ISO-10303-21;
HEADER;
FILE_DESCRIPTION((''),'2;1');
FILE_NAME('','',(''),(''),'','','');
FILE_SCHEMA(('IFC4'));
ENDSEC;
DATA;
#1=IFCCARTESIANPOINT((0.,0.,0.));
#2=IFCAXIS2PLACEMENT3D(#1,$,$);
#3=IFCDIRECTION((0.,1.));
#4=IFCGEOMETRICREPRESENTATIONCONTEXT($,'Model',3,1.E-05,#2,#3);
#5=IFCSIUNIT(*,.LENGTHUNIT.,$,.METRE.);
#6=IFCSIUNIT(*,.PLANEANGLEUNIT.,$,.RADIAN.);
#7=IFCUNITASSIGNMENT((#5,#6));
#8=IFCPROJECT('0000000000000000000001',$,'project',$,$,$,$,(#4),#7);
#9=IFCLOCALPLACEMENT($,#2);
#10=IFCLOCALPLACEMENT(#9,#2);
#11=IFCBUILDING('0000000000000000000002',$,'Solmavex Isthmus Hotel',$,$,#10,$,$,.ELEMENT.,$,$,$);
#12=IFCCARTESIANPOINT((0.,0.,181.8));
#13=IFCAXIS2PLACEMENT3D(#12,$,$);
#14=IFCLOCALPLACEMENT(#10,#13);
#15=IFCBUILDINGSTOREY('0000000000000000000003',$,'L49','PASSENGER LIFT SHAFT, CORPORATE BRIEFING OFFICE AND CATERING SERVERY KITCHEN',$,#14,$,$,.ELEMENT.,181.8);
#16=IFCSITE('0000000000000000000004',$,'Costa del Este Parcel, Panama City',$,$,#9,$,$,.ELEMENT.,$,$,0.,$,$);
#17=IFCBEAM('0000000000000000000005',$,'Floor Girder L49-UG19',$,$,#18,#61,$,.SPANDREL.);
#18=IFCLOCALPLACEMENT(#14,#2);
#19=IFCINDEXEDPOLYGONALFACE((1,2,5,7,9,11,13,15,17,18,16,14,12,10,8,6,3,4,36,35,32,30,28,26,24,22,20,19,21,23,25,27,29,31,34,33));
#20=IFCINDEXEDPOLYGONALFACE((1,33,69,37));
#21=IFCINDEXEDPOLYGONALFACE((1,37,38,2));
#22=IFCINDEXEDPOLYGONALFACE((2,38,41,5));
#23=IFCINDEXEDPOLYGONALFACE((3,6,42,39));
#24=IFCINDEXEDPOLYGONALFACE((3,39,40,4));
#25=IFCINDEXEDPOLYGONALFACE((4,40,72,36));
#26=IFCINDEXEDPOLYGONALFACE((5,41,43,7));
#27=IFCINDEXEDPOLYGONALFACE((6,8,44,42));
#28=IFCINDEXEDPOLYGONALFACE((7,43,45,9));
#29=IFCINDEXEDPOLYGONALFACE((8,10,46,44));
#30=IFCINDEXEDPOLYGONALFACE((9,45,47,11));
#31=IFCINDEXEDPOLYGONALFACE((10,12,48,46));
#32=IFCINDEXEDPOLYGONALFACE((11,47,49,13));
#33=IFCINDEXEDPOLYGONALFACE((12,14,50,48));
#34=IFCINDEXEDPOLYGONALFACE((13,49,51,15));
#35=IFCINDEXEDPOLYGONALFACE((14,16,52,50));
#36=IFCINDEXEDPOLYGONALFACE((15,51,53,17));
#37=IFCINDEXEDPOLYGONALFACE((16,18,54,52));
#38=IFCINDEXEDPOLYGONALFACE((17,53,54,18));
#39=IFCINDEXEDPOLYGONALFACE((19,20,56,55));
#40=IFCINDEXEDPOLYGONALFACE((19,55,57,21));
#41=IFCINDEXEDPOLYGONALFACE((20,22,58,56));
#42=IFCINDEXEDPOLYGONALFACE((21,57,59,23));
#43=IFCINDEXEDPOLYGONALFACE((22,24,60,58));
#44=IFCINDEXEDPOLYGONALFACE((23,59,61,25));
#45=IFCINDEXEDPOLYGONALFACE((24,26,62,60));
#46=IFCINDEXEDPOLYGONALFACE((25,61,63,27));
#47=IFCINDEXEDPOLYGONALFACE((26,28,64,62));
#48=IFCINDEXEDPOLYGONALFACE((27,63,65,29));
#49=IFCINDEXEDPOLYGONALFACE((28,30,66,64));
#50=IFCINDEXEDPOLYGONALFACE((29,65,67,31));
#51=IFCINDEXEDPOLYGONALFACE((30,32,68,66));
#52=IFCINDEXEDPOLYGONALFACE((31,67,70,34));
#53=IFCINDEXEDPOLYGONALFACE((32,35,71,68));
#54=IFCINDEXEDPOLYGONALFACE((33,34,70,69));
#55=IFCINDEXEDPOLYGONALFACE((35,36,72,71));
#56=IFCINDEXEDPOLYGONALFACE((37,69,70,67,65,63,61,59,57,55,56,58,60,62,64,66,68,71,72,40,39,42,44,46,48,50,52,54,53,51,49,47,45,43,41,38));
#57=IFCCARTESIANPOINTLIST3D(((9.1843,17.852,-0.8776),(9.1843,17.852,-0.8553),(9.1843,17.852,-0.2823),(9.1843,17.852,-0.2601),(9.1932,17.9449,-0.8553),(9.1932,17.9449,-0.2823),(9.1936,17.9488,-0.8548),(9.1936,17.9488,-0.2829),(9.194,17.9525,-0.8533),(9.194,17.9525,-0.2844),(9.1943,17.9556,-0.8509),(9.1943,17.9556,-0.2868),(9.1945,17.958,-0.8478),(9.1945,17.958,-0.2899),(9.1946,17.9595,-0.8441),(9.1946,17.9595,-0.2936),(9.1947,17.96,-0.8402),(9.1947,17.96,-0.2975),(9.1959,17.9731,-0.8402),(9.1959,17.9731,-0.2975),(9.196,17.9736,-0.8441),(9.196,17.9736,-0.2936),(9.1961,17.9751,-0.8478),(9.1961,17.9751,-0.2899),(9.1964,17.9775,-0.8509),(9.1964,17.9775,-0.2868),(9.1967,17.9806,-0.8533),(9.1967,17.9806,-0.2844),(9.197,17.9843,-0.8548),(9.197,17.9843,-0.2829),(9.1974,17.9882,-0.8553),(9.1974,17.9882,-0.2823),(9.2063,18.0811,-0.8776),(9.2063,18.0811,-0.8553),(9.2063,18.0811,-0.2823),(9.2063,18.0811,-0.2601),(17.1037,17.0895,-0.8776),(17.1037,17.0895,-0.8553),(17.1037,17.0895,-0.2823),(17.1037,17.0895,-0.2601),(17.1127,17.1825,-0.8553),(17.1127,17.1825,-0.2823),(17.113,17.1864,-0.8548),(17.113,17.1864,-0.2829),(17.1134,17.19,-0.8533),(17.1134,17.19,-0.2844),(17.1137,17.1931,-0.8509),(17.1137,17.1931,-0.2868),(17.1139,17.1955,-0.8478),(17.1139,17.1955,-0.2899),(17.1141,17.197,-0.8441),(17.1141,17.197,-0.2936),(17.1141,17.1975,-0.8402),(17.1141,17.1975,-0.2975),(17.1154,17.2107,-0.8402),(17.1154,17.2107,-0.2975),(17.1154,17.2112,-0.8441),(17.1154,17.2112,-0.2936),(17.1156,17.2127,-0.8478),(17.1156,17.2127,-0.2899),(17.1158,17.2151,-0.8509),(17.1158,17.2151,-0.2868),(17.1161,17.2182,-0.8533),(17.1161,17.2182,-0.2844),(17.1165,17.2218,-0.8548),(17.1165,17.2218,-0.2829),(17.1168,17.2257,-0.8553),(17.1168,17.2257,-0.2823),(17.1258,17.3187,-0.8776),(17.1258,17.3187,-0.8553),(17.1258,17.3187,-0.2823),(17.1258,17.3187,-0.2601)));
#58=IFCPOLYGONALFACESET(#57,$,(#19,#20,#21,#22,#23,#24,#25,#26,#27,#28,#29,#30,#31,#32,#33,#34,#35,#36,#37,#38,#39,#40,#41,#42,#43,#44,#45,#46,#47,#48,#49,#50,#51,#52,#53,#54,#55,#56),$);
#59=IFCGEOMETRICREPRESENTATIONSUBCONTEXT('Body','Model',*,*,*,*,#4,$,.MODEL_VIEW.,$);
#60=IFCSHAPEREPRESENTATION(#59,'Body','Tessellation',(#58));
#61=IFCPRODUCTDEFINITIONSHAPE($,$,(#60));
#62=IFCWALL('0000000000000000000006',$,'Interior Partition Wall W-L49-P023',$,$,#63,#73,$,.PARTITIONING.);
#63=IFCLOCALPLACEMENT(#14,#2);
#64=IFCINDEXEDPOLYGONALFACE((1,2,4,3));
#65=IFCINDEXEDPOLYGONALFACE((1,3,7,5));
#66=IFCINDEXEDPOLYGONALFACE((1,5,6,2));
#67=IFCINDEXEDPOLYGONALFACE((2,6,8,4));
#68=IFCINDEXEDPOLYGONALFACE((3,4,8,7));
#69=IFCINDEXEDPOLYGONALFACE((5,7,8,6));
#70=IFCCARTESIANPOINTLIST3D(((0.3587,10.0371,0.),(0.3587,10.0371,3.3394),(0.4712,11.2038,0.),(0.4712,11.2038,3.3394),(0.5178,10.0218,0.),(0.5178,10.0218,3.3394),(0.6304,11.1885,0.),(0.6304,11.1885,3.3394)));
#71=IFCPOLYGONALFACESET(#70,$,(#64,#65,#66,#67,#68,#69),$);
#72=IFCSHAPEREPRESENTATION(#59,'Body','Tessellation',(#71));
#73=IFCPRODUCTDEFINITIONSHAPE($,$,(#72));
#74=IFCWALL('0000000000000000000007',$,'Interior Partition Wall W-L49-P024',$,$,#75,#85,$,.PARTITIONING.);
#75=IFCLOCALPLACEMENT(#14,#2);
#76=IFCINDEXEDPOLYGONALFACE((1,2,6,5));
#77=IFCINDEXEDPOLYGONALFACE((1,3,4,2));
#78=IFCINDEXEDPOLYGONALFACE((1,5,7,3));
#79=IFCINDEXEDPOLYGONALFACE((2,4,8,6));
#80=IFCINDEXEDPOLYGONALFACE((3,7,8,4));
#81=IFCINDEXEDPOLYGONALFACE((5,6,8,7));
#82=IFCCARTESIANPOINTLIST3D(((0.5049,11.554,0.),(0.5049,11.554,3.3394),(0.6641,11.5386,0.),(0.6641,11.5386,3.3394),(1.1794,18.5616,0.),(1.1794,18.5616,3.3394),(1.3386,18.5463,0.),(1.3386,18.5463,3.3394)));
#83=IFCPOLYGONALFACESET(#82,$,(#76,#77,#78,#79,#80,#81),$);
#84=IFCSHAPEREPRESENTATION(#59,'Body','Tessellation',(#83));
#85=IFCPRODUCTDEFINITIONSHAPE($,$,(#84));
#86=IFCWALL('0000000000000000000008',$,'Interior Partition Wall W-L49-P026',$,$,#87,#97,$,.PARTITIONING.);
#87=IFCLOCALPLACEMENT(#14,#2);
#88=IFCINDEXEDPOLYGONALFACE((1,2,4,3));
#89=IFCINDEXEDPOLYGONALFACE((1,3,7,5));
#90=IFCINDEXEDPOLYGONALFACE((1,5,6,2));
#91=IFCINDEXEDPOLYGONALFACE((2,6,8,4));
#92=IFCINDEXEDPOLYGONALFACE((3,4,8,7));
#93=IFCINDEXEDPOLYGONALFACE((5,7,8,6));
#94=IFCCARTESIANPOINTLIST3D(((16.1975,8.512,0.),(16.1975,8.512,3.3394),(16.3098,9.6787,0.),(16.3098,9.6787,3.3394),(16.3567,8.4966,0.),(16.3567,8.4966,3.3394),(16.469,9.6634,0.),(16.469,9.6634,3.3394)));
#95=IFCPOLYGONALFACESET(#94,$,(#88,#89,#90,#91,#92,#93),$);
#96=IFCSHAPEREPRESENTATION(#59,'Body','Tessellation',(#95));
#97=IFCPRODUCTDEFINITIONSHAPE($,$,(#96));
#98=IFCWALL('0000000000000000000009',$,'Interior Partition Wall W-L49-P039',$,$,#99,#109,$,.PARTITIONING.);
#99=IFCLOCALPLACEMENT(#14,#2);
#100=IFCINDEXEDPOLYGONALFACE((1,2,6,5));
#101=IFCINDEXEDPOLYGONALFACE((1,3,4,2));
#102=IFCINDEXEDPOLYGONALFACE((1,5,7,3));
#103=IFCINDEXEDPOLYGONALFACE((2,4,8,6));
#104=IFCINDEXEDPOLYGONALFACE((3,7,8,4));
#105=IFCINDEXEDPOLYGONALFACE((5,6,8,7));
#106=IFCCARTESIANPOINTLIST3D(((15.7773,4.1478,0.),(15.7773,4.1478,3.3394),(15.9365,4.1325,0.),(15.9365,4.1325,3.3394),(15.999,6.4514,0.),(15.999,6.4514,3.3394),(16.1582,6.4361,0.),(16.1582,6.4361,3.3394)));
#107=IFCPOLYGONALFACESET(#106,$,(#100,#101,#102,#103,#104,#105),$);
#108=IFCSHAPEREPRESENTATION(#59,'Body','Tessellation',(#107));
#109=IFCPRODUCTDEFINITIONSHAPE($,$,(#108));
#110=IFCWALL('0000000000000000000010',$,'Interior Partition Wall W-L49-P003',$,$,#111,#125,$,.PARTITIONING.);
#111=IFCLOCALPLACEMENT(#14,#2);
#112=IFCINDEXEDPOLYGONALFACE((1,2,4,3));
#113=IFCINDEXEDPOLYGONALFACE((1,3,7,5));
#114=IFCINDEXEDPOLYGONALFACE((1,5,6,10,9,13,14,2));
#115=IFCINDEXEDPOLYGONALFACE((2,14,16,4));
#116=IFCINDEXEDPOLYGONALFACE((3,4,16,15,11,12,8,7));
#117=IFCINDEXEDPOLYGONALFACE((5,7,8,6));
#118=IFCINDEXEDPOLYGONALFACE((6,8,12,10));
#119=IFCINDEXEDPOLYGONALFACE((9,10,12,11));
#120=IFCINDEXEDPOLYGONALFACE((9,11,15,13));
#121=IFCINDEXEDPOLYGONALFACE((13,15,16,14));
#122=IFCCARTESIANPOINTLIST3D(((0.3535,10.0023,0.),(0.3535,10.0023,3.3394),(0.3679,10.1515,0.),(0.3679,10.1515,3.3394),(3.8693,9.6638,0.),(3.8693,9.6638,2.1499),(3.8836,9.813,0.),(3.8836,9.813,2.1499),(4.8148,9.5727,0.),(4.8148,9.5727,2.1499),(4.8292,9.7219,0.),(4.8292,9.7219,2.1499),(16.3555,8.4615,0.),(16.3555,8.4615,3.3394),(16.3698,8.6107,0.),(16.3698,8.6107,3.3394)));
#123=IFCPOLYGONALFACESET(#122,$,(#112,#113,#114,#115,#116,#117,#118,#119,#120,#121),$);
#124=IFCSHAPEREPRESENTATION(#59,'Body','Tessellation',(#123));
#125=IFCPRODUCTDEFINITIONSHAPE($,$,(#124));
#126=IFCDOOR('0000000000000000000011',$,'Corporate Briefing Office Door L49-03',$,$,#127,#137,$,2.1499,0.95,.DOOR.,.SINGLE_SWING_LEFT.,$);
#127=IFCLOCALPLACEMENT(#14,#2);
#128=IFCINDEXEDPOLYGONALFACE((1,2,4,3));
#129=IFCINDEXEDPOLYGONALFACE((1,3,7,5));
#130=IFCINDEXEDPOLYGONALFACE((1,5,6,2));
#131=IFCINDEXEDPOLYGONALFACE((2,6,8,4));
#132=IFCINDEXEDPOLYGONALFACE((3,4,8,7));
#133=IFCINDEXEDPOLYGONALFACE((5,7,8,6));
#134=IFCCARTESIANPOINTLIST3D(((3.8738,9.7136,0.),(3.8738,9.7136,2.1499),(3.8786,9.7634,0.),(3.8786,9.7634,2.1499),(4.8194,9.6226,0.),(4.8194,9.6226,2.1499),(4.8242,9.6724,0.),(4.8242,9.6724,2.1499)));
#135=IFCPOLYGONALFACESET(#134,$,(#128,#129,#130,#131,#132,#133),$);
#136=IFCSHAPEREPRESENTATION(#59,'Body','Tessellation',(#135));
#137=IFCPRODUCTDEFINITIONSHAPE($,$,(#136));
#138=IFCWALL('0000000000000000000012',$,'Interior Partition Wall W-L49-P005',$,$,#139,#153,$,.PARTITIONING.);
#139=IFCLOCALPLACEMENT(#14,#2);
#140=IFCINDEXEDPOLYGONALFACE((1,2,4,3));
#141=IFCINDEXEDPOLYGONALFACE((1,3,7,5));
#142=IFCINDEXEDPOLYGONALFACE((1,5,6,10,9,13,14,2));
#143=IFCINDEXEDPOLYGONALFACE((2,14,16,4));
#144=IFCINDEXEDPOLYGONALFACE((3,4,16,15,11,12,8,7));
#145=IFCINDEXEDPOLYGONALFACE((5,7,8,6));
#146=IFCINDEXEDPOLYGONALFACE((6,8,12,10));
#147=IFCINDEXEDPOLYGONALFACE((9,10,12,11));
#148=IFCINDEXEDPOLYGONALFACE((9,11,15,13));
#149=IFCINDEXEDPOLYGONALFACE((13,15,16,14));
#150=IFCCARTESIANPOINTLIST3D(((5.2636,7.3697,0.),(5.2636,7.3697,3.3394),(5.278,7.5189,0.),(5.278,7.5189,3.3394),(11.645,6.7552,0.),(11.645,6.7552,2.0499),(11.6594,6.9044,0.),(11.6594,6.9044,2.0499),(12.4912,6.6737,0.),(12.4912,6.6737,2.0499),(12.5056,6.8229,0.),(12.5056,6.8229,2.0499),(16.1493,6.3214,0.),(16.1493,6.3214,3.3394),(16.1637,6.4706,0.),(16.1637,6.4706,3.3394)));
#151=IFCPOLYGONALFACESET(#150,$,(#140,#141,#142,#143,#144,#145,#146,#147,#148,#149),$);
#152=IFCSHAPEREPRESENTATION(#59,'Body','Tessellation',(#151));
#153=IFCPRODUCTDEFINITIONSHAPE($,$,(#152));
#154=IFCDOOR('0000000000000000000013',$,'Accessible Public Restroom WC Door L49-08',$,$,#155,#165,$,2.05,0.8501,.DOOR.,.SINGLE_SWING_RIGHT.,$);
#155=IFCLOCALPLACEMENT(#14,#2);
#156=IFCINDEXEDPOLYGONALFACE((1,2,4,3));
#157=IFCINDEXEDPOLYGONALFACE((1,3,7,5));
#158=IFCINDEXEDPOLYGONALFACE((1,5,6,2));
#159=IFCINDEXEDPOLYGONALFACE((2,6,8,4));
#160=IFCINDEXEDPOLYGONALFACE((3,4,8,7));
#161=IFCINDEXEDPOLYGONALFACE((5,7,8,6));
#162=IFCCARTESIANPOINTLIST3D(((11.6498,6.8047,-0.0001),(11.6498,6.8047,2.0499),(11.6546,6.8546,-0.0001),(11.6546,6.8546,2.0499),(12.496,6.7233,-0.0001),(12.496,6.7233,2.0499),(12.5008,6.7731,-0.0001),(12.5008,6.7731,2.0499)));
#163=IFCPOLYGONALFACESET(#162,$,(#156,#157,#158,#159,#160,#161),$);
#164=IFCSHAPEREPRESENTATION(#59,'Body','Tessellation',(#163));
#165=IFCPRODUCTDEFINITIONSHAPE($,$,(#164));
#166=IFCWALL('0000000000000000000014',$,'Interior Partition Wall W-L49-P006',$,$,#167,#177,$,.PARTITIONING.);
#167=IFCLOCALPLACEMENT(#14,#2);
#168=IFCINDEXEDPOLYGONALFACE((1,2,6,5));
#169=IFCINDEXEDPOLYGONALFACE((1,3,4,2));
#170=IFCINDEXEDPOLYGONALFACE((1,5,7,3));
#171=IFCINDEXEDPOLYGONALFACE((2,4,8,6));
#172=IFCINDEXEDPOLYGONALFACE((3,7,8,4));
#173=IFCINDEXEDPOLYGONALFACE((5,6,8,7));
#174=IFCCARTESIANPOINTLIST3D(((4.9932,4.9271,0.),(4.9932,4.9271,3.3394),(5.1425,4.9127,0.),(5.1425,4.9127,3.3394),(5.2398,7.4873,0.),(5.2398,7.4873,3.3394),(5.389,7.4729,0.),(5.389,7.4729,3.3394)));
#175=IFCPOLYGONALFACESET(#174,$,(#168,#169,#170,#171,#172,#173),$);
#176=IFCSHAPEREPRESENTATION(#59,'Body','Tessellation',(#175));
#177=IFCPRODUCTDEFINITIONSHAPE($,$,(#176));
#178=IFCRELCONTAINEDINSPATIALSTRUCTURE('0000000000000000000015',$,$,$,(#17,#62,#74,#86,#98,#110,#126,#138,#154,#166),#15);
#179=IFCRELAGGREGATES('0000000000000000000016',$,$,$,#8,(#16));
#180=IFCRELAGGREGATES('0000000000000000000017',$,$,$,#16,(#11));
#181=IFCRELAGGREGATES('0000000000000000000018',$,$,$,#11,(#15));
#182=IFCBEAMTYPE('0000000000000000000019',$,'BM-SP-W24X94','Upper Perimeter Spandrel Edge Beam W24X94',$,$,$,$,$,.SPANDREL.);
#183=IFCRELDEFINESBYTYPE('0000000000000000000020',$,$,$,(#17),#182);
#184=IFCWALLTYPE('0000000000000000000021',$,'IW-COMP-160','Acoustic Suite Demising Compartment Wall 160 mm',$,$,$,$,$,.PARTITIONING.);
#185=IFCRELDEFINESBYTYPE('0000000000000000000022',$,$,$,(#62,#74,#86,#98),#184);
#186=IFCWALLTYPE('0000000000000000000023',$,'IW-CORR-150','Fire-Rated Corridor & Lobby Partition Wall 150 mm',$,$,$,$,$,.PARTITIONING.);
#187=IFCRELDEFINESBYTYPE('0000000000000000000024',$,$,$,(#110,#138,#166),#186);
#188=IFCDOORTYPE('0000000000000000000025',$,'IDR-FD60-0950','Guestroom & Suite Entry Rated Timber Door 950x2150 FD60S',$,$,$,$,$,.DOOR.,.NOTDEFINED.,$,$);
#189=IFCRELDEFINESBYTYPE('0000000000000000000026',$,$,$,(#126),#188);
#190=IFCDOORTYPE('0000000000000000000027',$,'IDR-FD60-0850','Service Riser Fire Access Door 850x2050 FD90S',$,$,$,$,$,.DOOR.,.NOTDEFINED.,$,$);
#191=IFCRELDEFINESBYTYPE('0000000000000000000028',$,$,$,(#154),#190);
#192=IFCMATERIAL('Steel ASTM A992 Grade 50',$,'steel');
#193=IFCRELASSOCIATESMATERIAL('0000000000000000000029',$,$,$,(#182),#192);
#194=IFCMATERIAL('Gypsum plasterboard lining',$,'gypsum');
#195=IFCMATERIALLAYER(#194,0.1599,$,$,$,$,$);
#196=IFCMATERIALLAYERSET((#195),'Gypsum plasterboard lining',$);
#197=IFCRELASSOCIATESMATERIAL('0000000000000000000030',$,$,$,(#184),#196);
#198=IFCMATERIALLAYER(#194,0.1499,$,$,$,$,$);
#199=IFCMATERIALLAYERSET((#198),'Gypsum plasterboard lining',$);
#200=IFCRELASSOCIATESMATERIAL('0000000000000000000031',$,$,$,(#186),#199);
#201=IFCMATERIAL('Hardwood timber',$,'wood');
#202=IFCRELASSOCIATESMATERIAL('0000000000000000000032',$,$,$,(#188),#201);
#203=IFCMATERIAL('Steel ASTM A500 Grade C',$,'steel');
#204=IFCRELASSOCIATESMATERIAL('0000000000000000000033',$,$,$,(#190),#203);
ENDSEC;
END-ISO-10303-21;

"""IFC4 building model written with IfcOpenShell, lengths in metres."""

from ifc_helpers import new_model, si_unit, direction, frame, frame_2d, origin, origin_2d, place, context, subcontext, project, spatial, rectangle, i_section, extrude, material, layer, layer_set, material_profile, profile_set, type_object, element, fill, save


model = new_model("IFC4")

# Units and contexts
model_context = context("Model", 3, precision=1e-05, world=origin(), true_north=direction((0.0, 1.0)))
body_context = subcontext(model_context, "Body", "Model", "MODEL_VIEW")
ifc_project = project(units=[si_unit("LENGTHUNIT", "METRE"), si_unit("PLANEANGLEUNIT", "RADIAN")], contexts=[model_context])

# Site, building, storey
site_placement = place(None, origin())
site = spatial("IfcSite", under=ifc_project, at=site_placement, Name="Costa del Este Parcel, Panama City", CompositionType="ELEMENT", RefElevation=0.0)
building_placement = place(site_placement, origin())
building = spatial("IfcBuilding", under=site, at=building_placement, Name="Solmavex Isthmus Hotel", CompositionType="ELEMENT")
storey_placement = place(building_placement, frame((0.0, 0.0, 181.8)))
storey = spatial("IfcBuildingStorey", under=building, at=storey_placement, Name="L49", Description="PASSENGER LIFT SHAFT, CORPORATE BRIEFING OFFICE AND CATERING SERVERY KITCHEN", CompositionType="ELEMENT", Elevation=181.8)

# Beam
ifc_material_1 = material(Name="Steel ASTM A992 Grade 50", Category="steel")
ifc_material_profile_1 = material_profile(ifc_material_1, i_section(OverallWidth=0.2302, OverallDepth=0.6174, WebThickness=0.0132, FlangeThickness=0.0222, FilletRadius=0.0151, at=origin_2d()), Name="W24X94")
ifc_profile_set_1 = profile_set([ifc_material_profile_1], Name="Steel ASTM A992 Grade 50")
beam_type_1 = type_object("IfcBeamType", Name="BM-SP-W24X94", Description="Upper Perimeter Spandrel Edge Beam W24X94", PredefinedType="SPANDREL", material=ifc_profile_set_1)
beam_1_placement = place(storey_placement, frame((9.1953, 17.9666, -0.5688), z_axis=(0.995397, -0.095833, 0.0), x_axis=(0.095833, 0.995397, 0.0)))
element("IfcBeam", 1, at=beam_1_placement, inside=storey, type_object=beam_type_1, Name="Floor Girder L49-UG19", PredefinedType="SPANDREL", context=body_context, shape_type="SweptSolid", body=[
    extrude(i_section(OverallWidth=0.2302, OverallDepth=0.6174, WebThickness=0.0132, FlangeThickness=0.0222, FilletRadius=0.0151, at=origin_2d()), origin(), (0.0, 0.0, 1.0), 7.9561),
])

# Walls
ifc_material_2 = material(Name="Gypsum plasterboard lining", Category="gypsum")
ifc_layer_1 = layer(ifc_material_2, 0.1599)
ifc_layer_set_1 = layer_set([ifc_layer_1], Name="Gypsum plasterboard lining")
wall_type_1 = type_object("IfcWallType", Name="IW-COMP-160", Description="Acoustic Suite Demising Compartment Wall 160 mm", PredefinedType="PARTITIONING", material=ifc_layer_set_1)
wall_1_placement = place(storey_placement, frame((0.5508, 11.196, 0.0), z_axis=(0.0, 0.0, 1.0), x_axis=(-0.096018, -0.99538, 0.0)))
element("IfcWall", 2, at=wall_1_placement, inside=storey, type_object=wall_type_1, Name="Interior Partition Wall W-L49-P023", PredefinedType="PARTITIONING", context=body_context, shape_type="SweptSolid", body=[
    extrude(rectangle(XDim=1.1721, YDim=0.1599, at=frame_2d((0.5859, 0.0))), origin(), (0.0, 0.0, 1.0), 3.3394),
])
wall_2_placement = place(storey_placement, frame((1.259, 18.554, 0.0), z_axis=(0.0, 0.0, 1.0), x_axis=(-0.095819, -0.995399, 0.0)))
element("IfcWall", 3, at=wall_2_placement, inside=storey, type_object=wall_type_1, Name="Interior Partition Wall W-L49-P024", PredefinedType="PARTITIONING", context=body_context, shape_type="SweptSolid", body=[
    extrude(rectangle(XDim=7.04, YDim=0.1599, at=frame_2d((3.52, 0.0))), origin(), (0.0, 0.0, 1.0), 3.3394),
])
wall_3_placement = place(storey_placement, frame((16.3894, 9.6709, 0.0), z_axis=(0.0, 0.0, 1.0), x_axis=(-0.095812, -0.995399, 0.0)))
element("IfcWall", 4, at=wall_3_placement, inside=storey, type_object=wall_type_1, Name="Interior Partition Wall W-L49-P026", PredefinedType="PARTITIONING", context=body_context, shape_type="SweptSolid", body=[
    extrude(rectangle(XDim=1.1721, YDim=0.1599, at=frame_2d((0.5859, 0.0))), origin(), (0.0, 0.0, 1.0), 3.3394),
])
wall_4_placement = place(storey_placement, frame((16.0786, 6.4438, 0.0), z_axis=(0.0, 0.0, 1.0), x_axis=(-0.095795, -0.995401, 0.0)))
element("IfcWall", 5, at=wall_4_placement, inside=storey, type_object=wall_type_1, Name="Interior Partition Wall W-L49-P039", PredefinedType="PARTITIONING", context=body_context, shape_type="SweptSolid", body=[
    extrude(rectangle(XDim=2.3142, YDim=0.1599, at=frame_2d((1.1572, 0.0))), origin(), (0.0, 0.0, 1.0), 3.3394),
])

# Walls, openings, doors
ifc_layer_2 = layer(ifc_material_2, 0.1499)
ifc_layer_set_2 = layer_set([ifc_layer_2], Name="Gypsum plasterboard lining")
wall_type_2 = type_object("IfcWallType", Name="IW-CORR-150", Description="Fire-Rated Corridor & Lobby Partition Wall 150 mm", PredefinedType="PARTITIONING", material=ifc_layer_set_2)
wall_5_placement = place(storey_placement, frame((0.3606, 10.0769, 0.0), z_axis=(0.0, 0.0, 1.0), x_axis=(0.995396, -0.095843, 0.0)))
wall_5 = element("IfcWall", 6, at=wall_5_placement, inside=storey, type_object=wall_type_2, Name="Interior Partition Wall W-L49-P003", PredefinedType="PARTITIONING", context=body_context, shape_type="SweptSolid", body=[
    extrude(rectangle(XDim=16.0759, YDim=0.1499, at=frame_2d((8.0381, 0.0))), origin(), (0.0, 0.0, 1.0), 3.3394),
])
opening_1_placement = place(wall_5_placement, frame((3.532, 0.0, 0.0)))
opening_1 = element("IfcOpeningElement", 7, at=opening_1_placement, cuts=wall_5, PredefinedType="OPENING", context=body_context, shape_type="SweptSolid", body=[
    extrude(rectangle(XDim=0.95, YDim=2.1499, at=frame_2d((0.4751, 1.075))), frame((0.0, 0.085, 0.0), z_axis=(0.0, -1.0, 0.0), x_axis=(1.0, 0.0, 0.0)), (0.0, 0.0, 1.0), 0.1699),
])
ifc_material_3 = material(Name="Hardwood timber", Category="wood")
door_type_1 = type_object("IfcDoorType", Name="IDR-FD60-0950", Description="Guestroom & Suite Entry Rated Timber Door 950x2150 FD60S", OperationType="NOTDEFINED", PredefinedType="DOOR", material=ifc_material_3)
door_1_placement = place(opening_1_placement, frame((0.95, 0.0, 0.0), z_axis=(0.0, 0.0, 1.0), x_axis=(-1.0, 0.0, 0.0)))
door_1 = element("IfcDoor", 8, at=door_1_placement, inside=storey, type_object=door_type_1, Name="Corporate Briefing Office Door L49-03", OperationType="SINGLE_SWING_LEFT", OverallHeight=2.1499, OverallWidth=0.95, PredefinedType="DOOR", context=body_context, shape_type="SweptSolid", body=[
    extrude(rectangle(XDim=0.95, YDim=2.1499, at=frame_2d((0.4751, 1.075))), frame((0.0, 0.0249, 0.0), z_axis=(0.0, -1.0, 0.0), x_axis=(1.0, 0.0, 0.0)), (0.0, 0.0, 1.0), 0.05),
])
fill(opening_1, door_1)
wall_6_placement = place(storey_placement, frame((16.1565, 6.396, 0.0), z_axis=(0.0, 0.0, 1.0), x_axis=(-0.995395, 0.09586, 0.0)))
wall_6 = element("IfcWall", 9, at=wall_6_placement, inside=storey, type_object=wall_type_2, Name="Interior Partition Wall W-L49-P005", PredefinedType="PARTITIONING", context=body_context, shape_type="SweptSolid", body=[
    extrude(rectangle(XDim=10.936, YDim=0.1499, at=frame_2d((5.468, 0.0))), origin(), (0.0, 0.0, 1.0), 3.3394),
])
opening_2_placement = place(wall_6_placement, frame((3.675, 0.0, 0.0)))
opening_2 = element("IfcOpeningElement", 10, at=opening_2_placement, cuts=wall_6, PredefinedType="OPENING", context=body_context, shape_type="SweptSolid", body=[
    extrude(rectangle(XDim=0.8501, YDim=2.05, at=frame_2d((0.425, 1.0249))), frame((0.0, 0.085, 0.0), z_axis=(0.0, -1.0, 0.0), x_axis=(1.0, 0.0, 0.0)), (0.0, 0.0, 1.0), 0.1699),
])
ifc_material_4 = material(Name="Steel ASTM A500 Grade C", Category="steel")
door_type_2 = type_object("IfcDoorType", Name="IDR-FD60-0850", Description="Service Riser Fire Access Door 850x2050 FD90S", OperationType="NOTDEFINED", PredefinedType="DOOR", material=ifc_material_4)
door_2_placement = place(opening_2_placement, frame((0.8501, 0.0, 0.0), z_axis=(0.0, 0.0, 1.0), x_axis=(-1.0, 0.0, 0.0)))
door_2 = element("IfcDoor", 11, at=door_2_placement, inside=storey, type_object=door_type_2, Name="Accessible Public Restroom WC Door L49-08", OperationType="SINGLE_SWING_RIGHT", OverallHeight=2.05, OverallWidth=0.8501, PredefinedType="DOOR", context=body_context, shape_type="SweptSolid", body=[
    extrude(rectangle(XDim=0.8501, YDim=2.05, at=frame_2d((0.425, 1.0249))), frame((0.0, 0.0249, 0.0), z_axis=(0.0, -1.0, 0.0), x_axis=(1.0, 0.0, 0.0)), (0.0, 0.0, 1.0), 0.05),
])
fill(opening_2, door_2)

# Wall
wall_7_placement = place(storey_placement, frame((5.3145, 7.4802, 0.0), z_axis=(0.0, 0.0, 1.0), x_axis=(-0.095875, -0.995393, 0.0)))
element("IfcWall", 12, at=wall_7_placement, inside=storey, type_object=wall_type_2, Name="Interior Partition Wall W-L49-P006", PredefinedType="PARTITIONING", context=body_context, shape_type="SweptSolid", body=[
    extrude(rectangle(XDim=2.572, YDim=0.1499, at=frame_2d((1.2861, 0.0))), origin(), (0.0, 0.0, 1.0), 3.3394),
])

save(model, "model.ifc")
